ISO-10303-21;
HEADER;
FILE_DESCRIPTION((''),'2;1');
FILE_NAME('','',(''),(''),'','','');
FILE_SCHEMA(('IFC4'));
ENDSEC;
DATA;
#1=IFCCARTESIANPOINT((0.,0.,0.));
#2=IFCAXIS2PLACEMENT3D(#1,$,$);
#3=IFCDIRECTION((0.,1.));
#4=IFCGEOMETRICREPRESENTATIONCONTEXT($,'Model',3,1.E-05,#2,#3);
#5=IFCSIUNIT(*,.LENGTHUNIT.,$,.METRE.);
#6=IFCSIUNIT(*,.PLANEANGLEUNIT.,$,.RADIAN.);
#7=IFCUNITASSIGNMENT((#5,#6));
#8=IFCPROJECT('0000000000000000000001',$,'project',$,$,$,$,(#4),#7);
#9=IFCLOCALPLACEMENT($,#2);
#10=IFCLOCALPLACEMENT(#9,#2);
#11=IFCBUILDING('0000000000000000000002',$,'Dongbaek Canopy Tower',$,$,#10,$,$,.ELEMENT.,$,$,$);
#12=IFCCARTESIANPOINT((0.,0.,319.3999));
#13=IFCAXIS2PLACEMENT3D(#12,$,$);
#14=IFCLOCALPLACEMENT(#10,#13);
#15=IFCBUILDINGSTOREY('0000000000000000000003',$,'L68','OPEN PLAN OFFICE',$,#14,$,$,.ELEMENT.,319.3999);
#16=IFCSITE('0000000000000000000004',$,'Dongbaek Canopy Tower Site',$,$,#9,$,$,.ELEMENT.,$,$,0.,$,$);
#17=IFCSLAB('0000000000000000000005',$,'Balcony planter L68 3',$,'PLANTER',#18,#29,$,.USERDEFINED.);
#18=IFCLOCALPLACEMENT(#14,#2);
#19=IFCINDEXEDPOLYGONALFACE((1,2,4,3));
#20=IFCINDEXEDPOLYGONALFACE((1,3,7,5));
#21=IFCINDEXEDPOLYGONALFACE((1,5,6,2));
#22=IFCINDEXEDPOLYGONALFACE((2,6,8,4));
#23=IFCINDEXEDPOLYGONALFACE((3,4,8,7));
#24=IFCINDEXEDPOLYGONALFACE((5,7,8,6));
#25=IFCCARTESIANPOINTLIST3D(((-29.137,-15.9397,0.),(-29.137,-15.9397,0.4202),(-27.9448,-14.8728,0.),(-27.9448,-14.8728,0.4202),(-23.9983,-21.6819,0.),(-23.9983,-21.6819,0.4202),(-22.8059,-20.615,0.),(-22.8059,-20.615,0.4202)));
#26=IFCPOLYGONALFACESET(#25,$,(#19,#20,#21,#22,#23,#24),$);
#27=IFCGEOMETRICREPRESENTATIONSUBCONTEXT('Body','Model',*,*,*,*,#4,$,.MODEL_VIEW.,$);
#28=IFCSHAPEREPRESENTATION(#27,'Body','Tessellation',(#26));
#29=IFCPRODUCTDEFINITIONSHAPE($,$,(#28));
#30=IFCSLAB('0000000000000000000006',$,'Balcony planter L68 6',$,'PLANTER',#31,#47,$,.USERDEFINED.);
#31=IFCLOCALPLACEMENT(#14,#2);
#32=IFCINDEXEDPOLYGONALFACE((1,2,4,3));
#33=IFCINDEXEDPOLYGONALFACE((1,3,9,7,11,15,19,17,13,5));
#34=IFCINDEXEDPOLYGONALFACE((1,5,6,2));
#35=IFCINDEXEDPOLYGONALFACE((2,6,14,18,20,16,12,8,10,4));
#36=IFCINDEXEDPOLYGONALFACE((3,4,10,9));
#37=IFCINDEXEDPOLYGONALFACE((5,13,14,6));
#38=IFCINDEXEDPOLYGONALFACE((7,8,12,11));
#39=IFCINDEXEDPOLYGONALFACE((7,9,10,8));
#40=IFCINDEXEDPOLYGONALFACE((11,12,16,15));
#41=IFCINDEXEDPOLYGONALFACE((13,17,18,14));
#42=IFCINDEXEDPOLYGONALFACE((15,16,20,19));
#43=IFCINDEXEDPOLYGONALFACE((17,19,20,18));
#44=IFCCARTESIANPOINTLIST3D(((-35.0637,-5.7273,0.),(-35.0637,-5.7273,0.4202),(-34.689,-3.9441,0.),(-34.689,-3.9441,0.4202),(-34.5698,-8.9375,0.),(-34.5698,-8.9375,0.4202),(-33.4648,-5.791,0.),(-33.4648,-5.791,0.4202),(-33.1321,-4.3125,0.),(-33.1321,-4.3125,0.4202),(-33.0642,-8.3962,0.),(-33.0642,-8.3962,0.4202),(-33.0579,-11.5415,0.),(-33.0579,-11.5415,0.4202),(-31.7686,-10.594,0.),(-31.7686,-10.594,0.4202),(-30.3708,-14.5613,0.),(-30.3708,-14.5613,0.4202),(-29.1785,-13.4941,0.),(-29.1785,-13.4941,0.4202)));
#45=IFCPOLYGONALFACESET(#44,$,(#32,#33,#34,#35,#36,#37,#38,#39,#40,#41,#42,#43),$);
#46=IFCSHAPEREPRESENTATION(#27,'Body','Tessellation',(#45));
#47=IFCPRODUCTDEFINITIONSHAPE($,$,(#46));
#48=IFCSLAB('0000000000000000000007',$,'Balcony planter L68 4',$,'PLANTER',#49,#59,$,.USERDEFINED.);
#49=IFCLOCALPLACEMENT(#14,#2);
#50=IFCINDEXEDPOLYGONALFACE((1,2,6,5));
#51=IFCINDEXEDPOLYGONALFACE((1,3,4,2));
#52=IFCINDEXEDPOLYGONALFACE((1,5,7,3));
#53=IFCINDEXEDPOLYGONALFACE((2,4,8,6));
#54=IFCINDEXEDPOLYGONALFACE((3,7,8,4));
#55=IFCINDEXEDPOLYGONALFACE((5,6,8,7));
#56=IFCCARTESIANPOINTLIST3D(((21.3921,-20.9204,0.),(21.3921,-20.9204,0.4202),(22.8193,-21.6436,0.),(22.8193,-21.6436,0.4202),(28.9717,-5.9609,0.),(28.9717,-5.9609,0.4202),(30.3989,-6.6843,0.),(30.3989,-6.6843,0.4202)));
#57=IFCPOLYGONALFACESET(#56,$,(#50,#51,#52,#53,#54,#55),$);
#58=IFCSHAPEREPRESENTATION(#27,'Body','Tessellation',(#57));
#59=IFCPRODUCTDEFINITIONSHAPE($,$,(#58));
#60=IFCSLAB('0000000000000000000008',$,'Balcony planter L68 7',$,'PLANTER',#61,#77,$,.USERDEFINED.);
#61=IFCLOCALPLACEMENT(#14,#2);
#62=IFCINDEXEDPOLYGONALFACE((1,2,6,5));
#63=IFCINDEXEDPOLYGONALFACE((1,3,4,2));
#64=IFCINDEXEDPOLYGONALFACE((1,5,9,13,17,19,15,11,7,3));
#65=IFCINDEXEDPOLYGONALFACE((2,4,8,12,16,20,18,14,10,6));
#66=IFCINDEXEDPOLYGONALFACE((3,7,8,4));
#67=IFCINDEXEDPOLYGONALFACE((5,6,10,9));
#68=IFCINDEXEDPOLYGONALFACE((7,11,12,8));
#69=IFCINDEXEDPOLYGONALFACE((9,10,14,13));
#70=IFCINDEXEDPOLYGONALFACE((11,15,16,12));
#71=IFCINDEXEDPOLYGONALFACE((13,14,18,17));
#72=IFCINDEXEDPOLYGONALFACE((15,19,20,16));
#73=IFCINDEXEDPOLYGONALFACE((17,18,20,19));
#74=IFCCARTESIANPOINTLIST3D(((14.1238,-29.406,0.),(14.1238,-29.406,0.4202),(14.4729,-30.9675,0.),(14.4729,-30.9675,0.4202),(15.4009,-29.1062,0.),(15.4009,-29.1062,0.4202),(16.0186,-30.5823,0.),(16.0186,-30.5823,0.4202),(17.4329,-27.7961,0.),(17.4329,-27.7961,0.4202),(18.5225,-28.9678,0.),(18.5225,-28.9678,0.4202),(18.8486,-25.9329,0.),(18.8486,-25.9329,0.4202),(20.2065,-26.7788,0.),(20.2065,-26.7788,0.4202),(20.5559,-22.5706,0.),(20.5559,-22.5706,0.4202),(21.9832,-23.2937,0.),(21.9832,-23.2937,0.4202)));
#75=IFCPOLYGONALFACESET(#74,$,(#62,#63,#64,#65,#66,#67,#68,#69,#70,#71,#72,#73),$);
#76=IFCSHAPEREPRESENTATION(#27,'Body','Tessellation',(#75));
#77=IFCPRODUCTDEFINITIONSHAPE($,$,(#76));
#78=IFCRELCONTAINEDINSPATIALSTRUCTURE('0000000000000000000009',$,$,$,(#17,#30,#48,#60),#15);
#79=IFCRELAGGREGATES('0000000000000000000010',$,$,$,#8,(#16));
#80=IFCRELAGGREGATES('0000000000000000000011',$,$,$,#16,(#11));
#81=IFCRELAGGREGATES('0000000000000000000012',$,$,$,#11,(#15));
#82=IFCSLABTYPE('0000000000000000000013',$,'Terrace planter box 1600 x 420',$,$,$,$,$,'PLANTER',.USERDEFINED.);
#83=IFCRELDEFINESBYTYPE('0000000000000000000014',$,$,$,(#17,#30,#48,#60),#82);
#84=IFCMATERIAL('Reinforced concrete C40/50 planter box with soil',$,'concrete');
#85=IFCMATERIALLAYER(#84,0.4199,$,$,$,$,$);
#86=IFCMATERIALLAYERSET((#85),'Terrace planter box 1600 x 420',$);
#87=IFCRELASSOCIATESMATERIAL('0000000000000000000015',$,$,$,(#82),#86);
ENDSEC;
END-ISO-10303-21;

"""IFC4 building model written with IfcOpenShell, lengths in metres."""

from ifc_helpers import new_model, si_unit, direction, frame, origin, place, context, subcontext, project, spatial, polyline, outline, extrude, material, layer, layer_set, type_object, element, save


model = new_model("IFC4")

# Units and contexts
model_context = context("Model", 3, precision=1e-05, world=origin(), true_north=direction((0.0, 1.0)))
body_context = subcontext(model_context, "Body", "Model", "MODEL_VIEW")
ifc_project = project(units=[si_unit("LENGTHUNIT", "METRE"), si_unit("PLANEANGLEUNIT", "RADIAN")], contexts=[model_context])

# Site, building, storey
site_placement = place(None, origin())
site = spatial("IfcSite", under=ifc_project, at=site_placement, Name="Dongbaek Canopy Tower Site", CompositionType="ELEMENT", RefElevation=0.0)
building_placement = place(site_placement, origin())
building = spatial("IfcBuilding", under=site, at=building_placement, Name="Dongbaek Canopy Tower", CompositionType="ELEMENT")
storey_placement = place(building_placement, frame((0.0, 0.0, 319.3999)))
storey = spatial("IfcBuildingStorey", under=building, at=storey_placement, Name="L68", Description="OPEN PLAN OFFICE", CompositionType="ELEMENT", Elevation=319.3999)

# Slabs
ifc_material_1 = material(Name="Reinforced concrete C40/50 planter box with soil", Category="concrete")
ifc_layer_1 = layer(ifc_material_1, 0.4199)
ifc_layer_set_1 = layer_set([ifc_layer_1], Name="Terrace planter box 1600 x 420")
slab_type_1 = type_object("IfcSlabType", Name="Terrace planter box 1600 x 420", ElementType="PLANTER", PredefinedType="USERDEFINED", material=ifc_layer_set_1)
slab_1_placement = place(storey_placement, origin())
element("IfcSlab", 1, at=slab_1_placement, inside=storey, type_object=slab_type_1, Name="Balcony planter L68 3", ObjectType="PLANTER", PredefinedType="USERDEFINED", context=body_context, shape_type="SweptSolid", body=[
    extrude(outline(polyline([(-27.9448, -14.8728), (-22.8059, -20.615), (-23.9983, -21.6819), (-29.137, -15.9397), (-27.9448, -14.8728)])), origin(), (0.0, 0.0, 1.0), 0.4202),
])
slab_2_placement = place(storey_placement, origin())
element("IfcSlab", 2, at=slab_2_placement, inside=storey, type_object=slab_type_1, Name="Balcony planter L68 6", ObjectType="PLANTER", PredefinedType="USERDEFINED", context=body_context, shape_type="SweptSolid", body=[
    extrude(outline(polyline([(-33.1321, -4.3125), (-33.4648, -5.791), (-33.0642, -8.3962), (-31.7686, -10.594), (-29.1785, -13.4941), (-30.3708, -14.5613), (-33.0579, -11.5415), (-34.5698, -8.9375), (-35.0637, -5.7273), (-34.689, -3.9441), (-33.1321, -4.3125)])), origin(), (0.0, 0.0, 1.0), 0.4202),
])
slab_3_placement = place(storey_placement, origin())
element("IfcSlab", 3, at=slab_3_placement, inside=storey, type_object=slab_type_1, Name="Balcony planter L68 4", ObjectType="PLANTER", PredefinedType="USERDEFINED", context=body_context, shape_type="SweptSolid", body=[
    extrude(outline(polyline([(21.3921, -20.9204), (28.9717, -5.9609), (30.3989, -6.6843), (22.8193, -21.6436), (21.3921, -20.9204)])), origin(), (0.0, 0.0, 1.0), 0.4202),
])
slab_4_placement = place(storey_placement, origin())
element("IfcSlab", 4, at=slab_4_placement, inside=storey, type_object=slab_type_1, Name="Balcony planter L68 7", ObjectType="PLANTER", PredefinedType="USERDEFINED", context=body_context, shape_type="SweptSolid", body=[
    extrude(outline(polyline([(14.1238, -29.406), (15.4009, -29.1062), (17.4329, -27.7961), (18.8486, -25.9329), (20.5559, -22.5706), (21.9832, -23.2937), (20.2065, -26.7788), (18.5225, -28.9678), (16.0186, -30.5823), (14.4729, -30.9675), (14.1238, -29.406)])), origin(), (0.0, 0.0, 1.0), 0.4202),
])

save(model, "model.ifc")
